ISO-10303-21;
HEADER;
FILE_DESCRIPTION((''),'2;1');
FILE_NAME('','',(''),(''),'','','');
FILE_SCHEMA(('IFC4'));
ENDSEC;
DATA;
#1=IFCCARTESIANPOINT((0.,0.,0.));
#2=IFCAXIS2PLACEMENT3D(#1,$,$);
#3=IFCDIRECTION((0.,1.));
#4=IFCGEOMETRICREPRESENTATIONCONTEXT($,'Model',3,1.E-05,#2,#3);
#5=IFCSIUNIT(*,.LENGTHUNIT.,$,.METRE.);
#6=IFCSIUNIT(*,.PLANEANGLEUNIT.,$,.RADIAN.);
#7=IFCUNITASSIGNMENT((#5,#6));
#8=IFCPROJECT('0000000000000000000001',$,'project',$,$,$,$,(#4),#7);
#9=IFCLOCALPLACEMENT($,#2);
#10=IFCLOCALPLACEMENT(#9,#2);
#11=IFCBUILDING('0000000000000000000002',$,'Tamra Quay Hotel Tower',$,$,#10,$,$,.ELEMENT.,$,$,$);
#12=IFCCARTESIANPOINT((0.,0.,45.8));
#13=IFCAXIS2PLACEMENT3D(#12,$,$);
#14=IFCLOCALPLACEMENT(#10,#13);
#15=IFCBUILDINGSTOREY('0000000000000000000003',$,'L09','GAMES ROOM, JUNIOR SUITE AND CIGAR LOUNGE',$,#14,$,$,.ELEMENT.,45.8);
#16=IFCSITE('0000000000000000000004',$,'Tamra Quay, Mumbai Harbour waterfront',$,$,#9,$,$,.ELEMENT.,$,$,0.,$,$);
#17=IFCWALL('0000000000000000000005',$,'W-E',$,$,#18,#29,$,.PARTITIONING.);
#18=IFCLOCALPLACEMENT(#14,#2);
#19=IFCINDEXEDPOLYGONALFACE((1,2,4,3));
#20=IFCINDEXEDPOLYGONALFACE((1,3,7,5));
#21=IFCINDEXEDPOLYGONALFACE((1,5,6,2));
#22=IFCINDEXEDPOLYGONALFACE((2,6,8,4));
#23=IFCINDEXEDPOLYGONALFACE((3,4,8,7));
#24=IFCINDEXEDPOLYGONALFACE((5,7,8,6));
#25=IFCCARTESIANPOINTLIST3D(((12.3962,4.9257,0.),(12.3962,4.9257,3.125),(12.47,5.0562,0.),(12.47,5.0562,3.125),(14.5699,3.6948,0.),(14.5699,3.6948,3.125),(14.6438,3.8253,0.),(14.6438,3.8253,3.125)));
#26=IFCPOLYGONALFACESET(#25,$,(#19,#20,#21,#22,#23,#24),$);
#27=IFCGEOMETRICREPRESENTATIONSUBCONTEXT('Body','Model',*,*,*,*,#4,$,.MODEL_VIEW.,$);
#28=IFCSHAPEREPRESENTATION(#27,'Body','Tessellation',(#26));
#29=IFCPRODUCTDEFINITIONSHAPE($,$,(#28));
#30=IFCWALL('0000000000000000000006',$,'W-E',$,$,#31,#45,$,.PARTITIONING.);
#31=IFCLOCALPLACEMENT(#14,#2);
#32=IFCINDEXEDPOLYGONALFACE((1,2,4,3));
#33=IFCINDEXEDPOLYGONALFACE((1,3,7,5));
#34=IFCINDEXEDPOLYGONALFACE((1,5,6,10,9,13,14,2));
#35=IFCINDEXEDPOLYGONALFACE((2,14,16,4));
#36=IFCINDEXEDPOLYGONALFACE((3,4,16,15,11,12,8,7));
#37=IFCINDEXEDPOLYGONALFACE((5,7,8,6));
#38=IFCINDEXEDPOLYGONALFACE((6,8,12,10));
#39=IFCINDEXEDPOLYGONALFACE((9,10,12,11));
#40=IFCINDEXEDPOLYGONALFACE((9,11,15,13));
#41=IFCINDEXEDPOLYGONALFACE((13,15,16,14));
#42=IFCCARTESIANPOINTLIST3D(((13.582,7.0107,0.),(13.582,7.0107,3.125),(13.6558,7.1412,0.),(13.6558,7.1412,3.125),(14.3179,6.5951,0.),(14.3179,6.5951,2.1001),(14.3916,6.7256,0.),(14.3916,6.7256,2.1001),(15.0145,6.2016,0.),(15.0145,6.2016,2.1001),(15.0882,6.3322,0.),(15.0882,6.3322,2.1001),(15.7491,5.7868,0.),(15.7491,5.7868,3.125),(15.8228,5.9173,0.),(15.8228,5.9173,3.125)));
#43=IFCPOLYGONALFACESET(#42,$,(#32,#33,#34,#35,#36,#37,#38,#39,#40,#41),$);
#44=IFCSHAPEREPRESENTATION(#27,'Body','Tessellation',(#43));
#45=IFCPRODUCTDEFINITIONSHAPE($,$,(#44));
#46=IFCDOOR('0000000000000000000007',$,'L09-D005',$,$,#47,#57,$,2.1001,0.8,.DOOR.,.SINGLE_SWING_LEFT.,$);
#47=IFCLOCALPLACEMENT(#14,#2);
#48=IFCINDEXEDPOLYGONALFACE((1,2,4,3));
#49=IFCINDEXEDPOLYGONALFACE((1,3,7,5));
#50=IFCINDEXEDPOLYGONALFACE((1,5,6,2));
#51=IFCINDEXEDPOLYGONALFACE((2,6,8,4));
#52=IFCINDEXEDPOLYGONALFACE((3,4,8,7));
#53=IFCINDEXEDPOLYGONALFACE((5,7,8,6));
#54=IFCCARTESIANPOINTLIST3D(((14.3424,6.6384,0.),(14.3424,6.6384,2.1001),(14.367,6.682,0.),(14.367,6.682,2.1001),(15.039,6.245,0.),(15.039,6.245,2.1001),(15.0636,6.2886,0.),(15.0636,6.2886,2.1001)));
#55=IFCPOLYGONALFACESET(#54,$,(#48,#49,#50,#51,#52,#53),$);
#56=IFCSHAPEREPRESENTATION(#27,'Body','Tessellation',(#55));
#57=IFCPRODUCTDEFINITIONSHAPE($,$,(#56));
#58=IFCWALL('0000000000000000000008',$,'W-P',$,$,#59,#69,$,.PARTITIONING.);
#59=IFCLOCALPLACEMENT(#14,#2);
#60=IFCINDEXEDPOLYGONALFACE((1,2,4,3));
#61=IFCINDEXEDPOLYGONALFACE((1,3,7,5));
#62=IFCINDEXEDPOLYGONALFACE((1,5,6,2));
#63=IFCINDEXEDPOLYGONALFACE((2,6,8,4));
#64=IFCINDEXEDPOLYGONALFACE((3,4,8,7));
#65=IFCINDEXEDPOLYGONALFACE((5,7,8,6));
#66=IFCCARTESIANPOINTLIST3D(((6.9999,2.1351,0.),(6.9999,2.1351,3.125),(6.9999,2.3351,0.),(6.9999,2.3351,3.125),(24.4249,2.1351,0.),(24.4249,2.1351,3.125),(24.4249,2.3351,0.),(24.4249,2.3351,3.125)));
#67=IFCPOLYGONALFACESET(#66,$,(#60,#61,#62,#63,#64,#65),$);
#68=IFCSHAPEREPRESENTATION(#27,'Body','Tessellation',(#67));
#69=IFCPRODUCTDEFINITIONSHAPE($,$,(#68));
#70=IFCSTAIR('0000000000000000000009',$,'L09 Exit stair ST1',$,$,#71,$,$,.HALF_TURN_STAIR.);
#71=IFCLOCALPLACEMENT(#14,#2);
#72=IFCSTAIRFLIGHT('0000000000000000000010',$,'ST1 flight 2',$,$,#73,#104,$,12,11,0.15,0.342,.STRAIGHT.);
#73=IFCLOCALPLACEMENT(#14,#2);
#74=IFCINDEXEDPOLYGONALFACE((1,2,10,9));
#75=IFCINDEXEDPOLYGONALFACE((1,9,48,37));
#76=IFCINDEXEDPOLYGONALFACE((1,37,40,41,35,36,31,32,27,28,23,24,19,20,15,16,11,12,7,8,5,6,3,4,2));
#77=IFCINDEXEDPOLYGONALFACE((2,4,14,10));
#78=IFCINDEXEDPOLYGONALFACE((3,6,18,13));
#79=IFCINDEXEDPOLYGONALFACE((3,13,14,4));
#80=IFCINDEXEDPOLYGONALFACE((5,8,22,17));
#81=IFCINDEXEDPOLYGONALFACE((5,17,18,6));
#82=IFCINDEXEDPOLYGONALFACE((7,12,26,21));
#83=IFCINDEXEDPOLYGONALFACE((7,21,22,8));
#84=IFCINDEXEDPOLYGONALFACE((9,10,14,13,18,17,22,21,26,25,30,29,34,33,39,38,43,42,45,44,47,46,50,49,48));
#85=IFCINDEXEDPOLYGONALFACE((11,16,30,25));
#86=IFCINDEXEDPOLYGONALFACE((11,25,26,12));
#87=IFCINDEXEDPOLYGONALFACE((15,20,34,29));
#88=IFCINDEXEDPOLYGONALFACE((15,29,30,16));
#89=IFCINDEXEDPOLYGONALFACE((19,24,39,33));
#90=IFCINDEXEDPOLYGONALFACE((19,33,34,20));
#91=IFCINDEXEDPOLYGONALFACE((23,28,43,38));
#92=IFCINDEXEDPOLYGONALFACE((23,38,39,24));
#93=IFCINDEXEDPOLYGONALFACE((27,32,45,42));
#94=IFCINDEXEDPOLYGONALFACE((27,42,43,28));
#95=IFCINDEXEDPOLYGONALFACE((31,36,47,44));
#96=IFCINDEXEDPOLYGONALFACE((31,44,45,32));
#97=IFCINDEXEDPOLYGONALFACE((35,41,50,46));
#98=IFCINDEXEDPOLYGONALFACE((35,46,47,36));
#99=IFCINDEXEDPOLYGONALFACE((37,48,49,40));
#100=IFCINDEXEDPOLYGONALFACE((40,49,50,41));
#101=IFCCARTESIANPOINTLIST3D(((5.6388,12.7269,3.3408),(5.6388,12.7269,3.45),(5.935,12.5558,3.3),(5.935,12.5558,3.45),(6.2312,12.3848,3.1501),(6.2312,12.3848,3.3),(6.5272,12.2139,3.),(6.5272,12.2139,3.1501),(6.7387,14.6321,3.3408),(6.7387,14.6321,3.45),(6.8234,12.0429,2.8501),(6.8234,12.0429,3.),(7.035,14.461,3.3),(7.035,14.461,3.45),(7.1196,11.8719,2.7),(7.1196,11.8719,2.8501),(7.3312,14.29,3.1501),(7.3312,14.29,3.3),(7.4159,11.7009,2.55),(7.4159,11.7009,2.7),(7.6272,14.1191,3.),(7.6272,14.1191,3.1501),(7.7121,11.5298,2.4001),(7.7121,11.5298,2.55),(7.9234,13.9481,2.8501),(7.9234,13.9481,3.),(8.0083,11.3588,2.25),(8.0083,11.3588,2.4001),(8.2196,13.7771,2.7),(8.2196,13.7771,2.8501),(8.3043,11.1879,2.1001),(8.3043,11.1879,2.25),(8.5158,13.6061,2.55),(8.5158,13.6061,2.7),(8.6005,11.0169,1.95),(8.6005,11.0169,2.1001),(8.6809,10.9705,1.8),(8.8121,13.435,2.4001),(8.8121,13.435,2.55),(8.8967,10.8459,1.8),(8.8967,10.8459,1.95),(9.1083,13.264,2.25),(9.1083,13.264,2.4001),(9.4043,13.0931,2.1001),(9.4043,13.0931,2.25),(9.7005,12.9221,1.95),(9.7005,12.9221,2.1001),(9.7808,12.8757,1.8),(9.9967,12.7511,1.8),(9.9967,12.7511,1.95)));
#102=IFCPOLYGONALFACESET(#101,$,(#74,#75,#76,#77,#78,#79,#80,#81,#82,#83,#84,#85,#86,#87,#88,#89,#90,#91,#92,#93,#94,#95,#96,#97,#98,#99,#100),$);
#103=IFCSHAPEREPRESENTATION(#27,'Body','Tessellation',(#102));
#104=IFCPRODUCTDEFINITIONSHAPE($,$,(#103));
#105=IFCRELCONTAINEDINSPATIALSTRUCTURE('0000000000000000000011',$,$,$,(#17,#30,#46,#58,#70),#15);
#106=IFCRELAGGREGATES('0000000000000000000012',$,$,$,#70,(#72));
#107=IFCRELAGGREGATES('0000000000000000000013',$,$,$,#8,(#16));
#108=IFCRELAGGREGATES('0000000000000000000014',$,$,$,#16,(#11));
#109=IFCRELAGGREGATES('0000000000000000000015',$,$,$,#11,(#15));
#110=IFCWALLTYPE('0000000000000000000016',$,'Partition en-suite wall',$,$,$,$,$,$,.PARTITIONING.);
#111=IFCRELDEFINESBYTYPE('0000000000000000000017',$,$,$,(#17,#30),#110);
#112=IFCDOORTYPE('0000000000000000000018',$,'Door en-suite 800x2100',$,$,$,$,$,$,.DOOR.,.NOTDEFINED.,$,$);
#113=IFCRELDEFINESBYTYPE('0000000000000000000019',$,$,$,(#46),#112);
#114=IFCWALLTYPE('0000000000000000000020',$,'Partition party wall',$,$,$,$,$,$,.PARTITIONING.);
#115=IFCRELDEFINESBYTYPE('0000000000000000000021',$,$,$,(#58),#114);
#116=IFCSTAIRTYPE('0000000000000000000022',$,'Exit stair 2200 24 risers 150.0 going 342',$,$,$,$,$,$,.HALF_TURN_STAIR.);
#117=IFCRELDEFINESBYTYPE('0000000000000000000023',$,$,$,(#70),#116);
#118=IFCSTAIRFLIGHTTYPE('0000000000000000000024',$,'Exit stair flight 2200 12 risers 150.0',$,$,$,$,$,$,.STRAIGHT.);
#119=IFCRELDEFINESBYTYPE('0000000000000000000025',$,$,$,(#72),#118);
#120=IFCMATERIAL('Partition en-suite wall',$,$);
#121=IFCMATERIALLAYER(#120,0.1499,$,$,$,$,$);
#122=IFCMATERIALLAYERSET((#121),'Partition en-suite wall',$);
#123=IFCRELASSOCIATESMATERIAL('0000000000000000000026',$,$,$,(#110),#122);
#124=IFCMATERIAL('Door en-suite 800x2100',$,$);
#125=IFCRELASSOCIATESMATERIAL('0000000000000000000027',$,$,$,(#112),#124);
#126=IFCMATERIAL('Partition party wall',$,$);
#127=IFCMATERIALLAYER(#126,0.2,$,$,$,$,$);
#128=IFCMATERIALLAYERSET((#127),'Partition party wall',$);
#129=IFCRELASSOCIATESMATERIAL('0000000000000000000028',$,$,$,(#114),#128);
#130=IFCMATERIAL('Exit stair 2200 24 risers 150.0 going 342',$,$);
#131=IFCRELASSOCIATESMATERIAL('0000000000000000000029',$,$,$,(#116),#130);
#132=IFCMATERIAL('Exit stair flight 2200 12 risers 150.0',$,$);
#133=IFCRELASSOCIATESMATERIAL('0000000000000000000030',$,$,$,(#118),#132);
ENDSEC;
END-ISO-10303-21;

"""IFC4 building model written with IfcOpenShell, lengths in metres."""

from ifc_helpers import new_model, si_unit, direction, frame, frame_2d, origin, place, context, subcontext, project, spatial, polyline, rectangle, outline, extrude, material, layer, layer_set, type_object, element, fill, aggregate, save


model = new_model("IFC4")

# Units and contexts
model_context = context("Model", 3, precision=1e-05, world=origin(), true_north=direction((0.0, 1.0)))
body_context = subcontext(model_context, "Body", "Model", "MODEL_VIEW")
ifc_project = project(units=[si_unit("LENGTHUNIT", "METRE"), si_unit("PLANEANGLEUNIT", "RADIAN")], contexts=[model_context])

# Site, building, storey
site_placement = place(None, origin())
site = spatial("IfcSite", under=ifc_project, at=site_placement, Name="Tamra Quay, Mumbai Harbour waterfront", CompositionType="ELEMENT", RefElevation=0.0)
building_placement = place(site_placement, origin())
building = spatial("IfcBuilding", under=site, at=building_placement, Name="Tamra Quay Hotel Tower", CompositionType="ELEMENT")
storey_placement = place(building_placement, frame((0.0, 0.0, 45.8)))
storey = spatial("IfcBuildingStorey", under=building, at=storey_placement, Name="L09", Description="GAMES ROOM, JUNIOR SUITE AND CIGAR LOUNGE", CompositionType="ELEMENT", Elevation=45.8)

# Wall
ifc_material_1 = material(Name="Partition en-suite wall")
ifc_layer_1 = layer(ifc_material_1, 0.1499)
ifc_layer_set_1 = layer_set([ifc_layer_1], Name="Partition en-suite wall")
wall_type_1 = type_object("IfcWallType", Name="Partition en-suite wall", PredefinedType="PARTITIONING", material=ifc_layer_set_1)
wall_1_placement = place(storey_placement, frame((12.4331, 4.991, 0.0), z_axis=(0.0, 0.0, 1.0), x_axis=(0.870173, -0.492746, 0.0)))
element("IfcWall", 1, at=wall_1_placement, inside=storey, type_object=wall_type_1, Name="W-E", PredefinedType="PARTITIONING", context=body_context, shape_type="SweptSolid", body=[
    extrude(rectangle(XDim=2.498, YDim=0.1499, at=frame_2d((1.249, 0.0))), origin(), (0.0, 0.0, 1.0), 3.125),
])

# Wall, opening, door
wall_2_placement = place(storey_placement, frame((13.6189, 7.0759, 0.0), z_axis=(0.0, 0.0, 1.0), x_axis=(0.870725, -0.49177, 0.0)))
wall_2 = element("IfcWall", 2, at=wall_2_placement, inside=storey, type_object=wall_type_1, Name="W-E", PredefinedType="PARTITIONING", context=body_context, shape_type="SweptSolid", body=[
    extrude(rectangle(XDim=2.4888, YDim=0.1499, at=frame_2d((1.2444, 0.0))), origin(), (0.0, 0.0, 1.0), 3.125),
])
opening_1_placement = place(wall_2_placement, frame((0.8452, 0.0, 0.0)))
opening_1 = element("IfcOpeningElement", 3, at=opening_1_placement, cuts=wall_2, PredefinedType="OPENING", context=body_context, shape_type="SweptSolid", body=[
    extrude(rectangle(XDim=0.8, YDim=2.1001, at=frame_2d((0.3999, 1.05))), frame((0.0, 0.085, 0.0), z_axis=(0.0, -1.0, 0.0), x_axis=(1.0, 0.0, 0.0)), (0.0, 0.0, 1.0), 0.1699),
])
ifc_material_2 = material(Name="Door en-suite 800x2100")
door_type_1 = type_object("IfcDoorType", Name="Door en-suite 800x2100", OperationType="NOTDEFINED", PredefinedType="DOOR", material=ifc_material_2)
door_1_placement = place(opening_1_placement, origin())
door_1 = element("IfcDoor", 4, at=door_1_placement, inside=storey, type_object=door_type_1, Name="L09-D005", OperationType="SINGLE_SWING_LEFT", OverallHeight=2.1001, OverallWidth=0.8, PredefinedType="DOOR", context=body_context, shape_type="SweptSolid", body=[
    extrude(rectangle(XDim=0.8, YDim=2.1001, at=frame_2d((0.3999, 1.05))), frame((0.0, 0.0249, 0.0), z_axis=(0.0, -1.0, 0.0), x_axis=(1.0, 0.0, 0.0)), (0.0, 0.0, 1.0), 0.05),
])
fill(opening_1, door_1)

# Wall
ifc_material_3 = material(Name="Partition party wall")
ifc_layer_2 = layer(ifc_material_3, 0.2)
ifc_layer_set_2 = layer_set([ifc_layer_2], Name="Partition party wall")
wall_type_2 = type_object("IfcWallType", Name="Partition party wall", PredefinedType="PARTITIONING", material=ifc_layer_set_2)
wall_3_placement = place(storey_placement, frame((7.0, 2.2351, 0.0), z_axis=(0.0, 0.0, 1.0), x_axis=(1.0, 0.0, 0.0)))
element("IfcWall", 5, at=wall_3_placement, inside=storey, type_object=wall_type_2, Name="W-P", PredefinedType="PARTITIONING", context=body_context, shape_type="SweptSolid", body=[
    extrude(rectangle(XDim=17.425, YDim=0.2, at=frame_2d((8.7124, 0.0))), origin(), (0.0, 0.0, 1.0), 3.125),
])

# Stair, stair flight
ifc_material_4 = material(Name="Exit stair 2200 24 risers 150.0 going 342")
stair_type = type_object("IfcStairType", Name="Exit stair 2200 24 risers 150.0 going 342", PredefinedType="HALF_TURN_STAIR", material=ifc_material_4)
stair_placement = place(storey_placement, origin())
stair = element("IfcStair", 6, at=stair_placement, inside=storey, type_object=stair_type, Name="L09 Exit stair ST1", PredefinedType="HALF_TURN_STAIR")
ifc_material_5 = material(Name="Exit stair flight 2200 12 risers 150.0")
stair_flight_type = type_object("IfcStairFlightType", Name="Exit stair flight 2200 12 risers 150.0", PredefinedType="STRAIGHT", material=ifc_material_5)
stair_flight_placement = place(storey_placement, frame((9.4468, 11.7986, 1.8), z_axis=(0.0, 0.0, 1.0), x_axis=(-0.866025, 0.5, 0.0)))
stair_flight = element("IfcStairFlight", 7, at=stair_flight_placement, type_object=stair_flight_type, Name="ST1 flight 2", NumberOfRisers=12, NumberOfTreads=11, PredefinedType="STRAIGHT", RiserHeight=0.15, TreadLength=0.342, context=body_context, shape_type="SweptSolid", body=[
    extrude(outline(polyline([(0.0, 0.0), (0.0, 0.1499), (0.342, 0.1499), (0.342, 0.3), (0.6841, 0.3), (0.6841, 0.45), (1.0259, 0.45), (1.0259, 0.6001), (1.3679, 0.6001), (1.3679, 0.75), (1.71, 0.75), (1.71, 0.8999), (2.052, 0.8999), (2.052, 1.05), (2.394, 1.05), (2.394, 1.2), (2.7361, 1.2), (2.7361, 1.3501), (3.0779, 1.3501), (3.0779, 1.5), (3.4199, 1.5), (3.4199, 1.6499), (3.762, 1.6499), (3.762, 1.8), (3.762, 1.5408), (0.2493, 0.0), (0.0, 0.0)])), frame((0.0, 1.1001, 0.0), z_axis=(0.0, -1.0, 0.0), x_axis=(1.0, 0.0, 0.0)), (0.0, 0.0, 1.0), 2.2),
])
aggregate(stair, [stair_flight])

save(model, "model.ifc")
